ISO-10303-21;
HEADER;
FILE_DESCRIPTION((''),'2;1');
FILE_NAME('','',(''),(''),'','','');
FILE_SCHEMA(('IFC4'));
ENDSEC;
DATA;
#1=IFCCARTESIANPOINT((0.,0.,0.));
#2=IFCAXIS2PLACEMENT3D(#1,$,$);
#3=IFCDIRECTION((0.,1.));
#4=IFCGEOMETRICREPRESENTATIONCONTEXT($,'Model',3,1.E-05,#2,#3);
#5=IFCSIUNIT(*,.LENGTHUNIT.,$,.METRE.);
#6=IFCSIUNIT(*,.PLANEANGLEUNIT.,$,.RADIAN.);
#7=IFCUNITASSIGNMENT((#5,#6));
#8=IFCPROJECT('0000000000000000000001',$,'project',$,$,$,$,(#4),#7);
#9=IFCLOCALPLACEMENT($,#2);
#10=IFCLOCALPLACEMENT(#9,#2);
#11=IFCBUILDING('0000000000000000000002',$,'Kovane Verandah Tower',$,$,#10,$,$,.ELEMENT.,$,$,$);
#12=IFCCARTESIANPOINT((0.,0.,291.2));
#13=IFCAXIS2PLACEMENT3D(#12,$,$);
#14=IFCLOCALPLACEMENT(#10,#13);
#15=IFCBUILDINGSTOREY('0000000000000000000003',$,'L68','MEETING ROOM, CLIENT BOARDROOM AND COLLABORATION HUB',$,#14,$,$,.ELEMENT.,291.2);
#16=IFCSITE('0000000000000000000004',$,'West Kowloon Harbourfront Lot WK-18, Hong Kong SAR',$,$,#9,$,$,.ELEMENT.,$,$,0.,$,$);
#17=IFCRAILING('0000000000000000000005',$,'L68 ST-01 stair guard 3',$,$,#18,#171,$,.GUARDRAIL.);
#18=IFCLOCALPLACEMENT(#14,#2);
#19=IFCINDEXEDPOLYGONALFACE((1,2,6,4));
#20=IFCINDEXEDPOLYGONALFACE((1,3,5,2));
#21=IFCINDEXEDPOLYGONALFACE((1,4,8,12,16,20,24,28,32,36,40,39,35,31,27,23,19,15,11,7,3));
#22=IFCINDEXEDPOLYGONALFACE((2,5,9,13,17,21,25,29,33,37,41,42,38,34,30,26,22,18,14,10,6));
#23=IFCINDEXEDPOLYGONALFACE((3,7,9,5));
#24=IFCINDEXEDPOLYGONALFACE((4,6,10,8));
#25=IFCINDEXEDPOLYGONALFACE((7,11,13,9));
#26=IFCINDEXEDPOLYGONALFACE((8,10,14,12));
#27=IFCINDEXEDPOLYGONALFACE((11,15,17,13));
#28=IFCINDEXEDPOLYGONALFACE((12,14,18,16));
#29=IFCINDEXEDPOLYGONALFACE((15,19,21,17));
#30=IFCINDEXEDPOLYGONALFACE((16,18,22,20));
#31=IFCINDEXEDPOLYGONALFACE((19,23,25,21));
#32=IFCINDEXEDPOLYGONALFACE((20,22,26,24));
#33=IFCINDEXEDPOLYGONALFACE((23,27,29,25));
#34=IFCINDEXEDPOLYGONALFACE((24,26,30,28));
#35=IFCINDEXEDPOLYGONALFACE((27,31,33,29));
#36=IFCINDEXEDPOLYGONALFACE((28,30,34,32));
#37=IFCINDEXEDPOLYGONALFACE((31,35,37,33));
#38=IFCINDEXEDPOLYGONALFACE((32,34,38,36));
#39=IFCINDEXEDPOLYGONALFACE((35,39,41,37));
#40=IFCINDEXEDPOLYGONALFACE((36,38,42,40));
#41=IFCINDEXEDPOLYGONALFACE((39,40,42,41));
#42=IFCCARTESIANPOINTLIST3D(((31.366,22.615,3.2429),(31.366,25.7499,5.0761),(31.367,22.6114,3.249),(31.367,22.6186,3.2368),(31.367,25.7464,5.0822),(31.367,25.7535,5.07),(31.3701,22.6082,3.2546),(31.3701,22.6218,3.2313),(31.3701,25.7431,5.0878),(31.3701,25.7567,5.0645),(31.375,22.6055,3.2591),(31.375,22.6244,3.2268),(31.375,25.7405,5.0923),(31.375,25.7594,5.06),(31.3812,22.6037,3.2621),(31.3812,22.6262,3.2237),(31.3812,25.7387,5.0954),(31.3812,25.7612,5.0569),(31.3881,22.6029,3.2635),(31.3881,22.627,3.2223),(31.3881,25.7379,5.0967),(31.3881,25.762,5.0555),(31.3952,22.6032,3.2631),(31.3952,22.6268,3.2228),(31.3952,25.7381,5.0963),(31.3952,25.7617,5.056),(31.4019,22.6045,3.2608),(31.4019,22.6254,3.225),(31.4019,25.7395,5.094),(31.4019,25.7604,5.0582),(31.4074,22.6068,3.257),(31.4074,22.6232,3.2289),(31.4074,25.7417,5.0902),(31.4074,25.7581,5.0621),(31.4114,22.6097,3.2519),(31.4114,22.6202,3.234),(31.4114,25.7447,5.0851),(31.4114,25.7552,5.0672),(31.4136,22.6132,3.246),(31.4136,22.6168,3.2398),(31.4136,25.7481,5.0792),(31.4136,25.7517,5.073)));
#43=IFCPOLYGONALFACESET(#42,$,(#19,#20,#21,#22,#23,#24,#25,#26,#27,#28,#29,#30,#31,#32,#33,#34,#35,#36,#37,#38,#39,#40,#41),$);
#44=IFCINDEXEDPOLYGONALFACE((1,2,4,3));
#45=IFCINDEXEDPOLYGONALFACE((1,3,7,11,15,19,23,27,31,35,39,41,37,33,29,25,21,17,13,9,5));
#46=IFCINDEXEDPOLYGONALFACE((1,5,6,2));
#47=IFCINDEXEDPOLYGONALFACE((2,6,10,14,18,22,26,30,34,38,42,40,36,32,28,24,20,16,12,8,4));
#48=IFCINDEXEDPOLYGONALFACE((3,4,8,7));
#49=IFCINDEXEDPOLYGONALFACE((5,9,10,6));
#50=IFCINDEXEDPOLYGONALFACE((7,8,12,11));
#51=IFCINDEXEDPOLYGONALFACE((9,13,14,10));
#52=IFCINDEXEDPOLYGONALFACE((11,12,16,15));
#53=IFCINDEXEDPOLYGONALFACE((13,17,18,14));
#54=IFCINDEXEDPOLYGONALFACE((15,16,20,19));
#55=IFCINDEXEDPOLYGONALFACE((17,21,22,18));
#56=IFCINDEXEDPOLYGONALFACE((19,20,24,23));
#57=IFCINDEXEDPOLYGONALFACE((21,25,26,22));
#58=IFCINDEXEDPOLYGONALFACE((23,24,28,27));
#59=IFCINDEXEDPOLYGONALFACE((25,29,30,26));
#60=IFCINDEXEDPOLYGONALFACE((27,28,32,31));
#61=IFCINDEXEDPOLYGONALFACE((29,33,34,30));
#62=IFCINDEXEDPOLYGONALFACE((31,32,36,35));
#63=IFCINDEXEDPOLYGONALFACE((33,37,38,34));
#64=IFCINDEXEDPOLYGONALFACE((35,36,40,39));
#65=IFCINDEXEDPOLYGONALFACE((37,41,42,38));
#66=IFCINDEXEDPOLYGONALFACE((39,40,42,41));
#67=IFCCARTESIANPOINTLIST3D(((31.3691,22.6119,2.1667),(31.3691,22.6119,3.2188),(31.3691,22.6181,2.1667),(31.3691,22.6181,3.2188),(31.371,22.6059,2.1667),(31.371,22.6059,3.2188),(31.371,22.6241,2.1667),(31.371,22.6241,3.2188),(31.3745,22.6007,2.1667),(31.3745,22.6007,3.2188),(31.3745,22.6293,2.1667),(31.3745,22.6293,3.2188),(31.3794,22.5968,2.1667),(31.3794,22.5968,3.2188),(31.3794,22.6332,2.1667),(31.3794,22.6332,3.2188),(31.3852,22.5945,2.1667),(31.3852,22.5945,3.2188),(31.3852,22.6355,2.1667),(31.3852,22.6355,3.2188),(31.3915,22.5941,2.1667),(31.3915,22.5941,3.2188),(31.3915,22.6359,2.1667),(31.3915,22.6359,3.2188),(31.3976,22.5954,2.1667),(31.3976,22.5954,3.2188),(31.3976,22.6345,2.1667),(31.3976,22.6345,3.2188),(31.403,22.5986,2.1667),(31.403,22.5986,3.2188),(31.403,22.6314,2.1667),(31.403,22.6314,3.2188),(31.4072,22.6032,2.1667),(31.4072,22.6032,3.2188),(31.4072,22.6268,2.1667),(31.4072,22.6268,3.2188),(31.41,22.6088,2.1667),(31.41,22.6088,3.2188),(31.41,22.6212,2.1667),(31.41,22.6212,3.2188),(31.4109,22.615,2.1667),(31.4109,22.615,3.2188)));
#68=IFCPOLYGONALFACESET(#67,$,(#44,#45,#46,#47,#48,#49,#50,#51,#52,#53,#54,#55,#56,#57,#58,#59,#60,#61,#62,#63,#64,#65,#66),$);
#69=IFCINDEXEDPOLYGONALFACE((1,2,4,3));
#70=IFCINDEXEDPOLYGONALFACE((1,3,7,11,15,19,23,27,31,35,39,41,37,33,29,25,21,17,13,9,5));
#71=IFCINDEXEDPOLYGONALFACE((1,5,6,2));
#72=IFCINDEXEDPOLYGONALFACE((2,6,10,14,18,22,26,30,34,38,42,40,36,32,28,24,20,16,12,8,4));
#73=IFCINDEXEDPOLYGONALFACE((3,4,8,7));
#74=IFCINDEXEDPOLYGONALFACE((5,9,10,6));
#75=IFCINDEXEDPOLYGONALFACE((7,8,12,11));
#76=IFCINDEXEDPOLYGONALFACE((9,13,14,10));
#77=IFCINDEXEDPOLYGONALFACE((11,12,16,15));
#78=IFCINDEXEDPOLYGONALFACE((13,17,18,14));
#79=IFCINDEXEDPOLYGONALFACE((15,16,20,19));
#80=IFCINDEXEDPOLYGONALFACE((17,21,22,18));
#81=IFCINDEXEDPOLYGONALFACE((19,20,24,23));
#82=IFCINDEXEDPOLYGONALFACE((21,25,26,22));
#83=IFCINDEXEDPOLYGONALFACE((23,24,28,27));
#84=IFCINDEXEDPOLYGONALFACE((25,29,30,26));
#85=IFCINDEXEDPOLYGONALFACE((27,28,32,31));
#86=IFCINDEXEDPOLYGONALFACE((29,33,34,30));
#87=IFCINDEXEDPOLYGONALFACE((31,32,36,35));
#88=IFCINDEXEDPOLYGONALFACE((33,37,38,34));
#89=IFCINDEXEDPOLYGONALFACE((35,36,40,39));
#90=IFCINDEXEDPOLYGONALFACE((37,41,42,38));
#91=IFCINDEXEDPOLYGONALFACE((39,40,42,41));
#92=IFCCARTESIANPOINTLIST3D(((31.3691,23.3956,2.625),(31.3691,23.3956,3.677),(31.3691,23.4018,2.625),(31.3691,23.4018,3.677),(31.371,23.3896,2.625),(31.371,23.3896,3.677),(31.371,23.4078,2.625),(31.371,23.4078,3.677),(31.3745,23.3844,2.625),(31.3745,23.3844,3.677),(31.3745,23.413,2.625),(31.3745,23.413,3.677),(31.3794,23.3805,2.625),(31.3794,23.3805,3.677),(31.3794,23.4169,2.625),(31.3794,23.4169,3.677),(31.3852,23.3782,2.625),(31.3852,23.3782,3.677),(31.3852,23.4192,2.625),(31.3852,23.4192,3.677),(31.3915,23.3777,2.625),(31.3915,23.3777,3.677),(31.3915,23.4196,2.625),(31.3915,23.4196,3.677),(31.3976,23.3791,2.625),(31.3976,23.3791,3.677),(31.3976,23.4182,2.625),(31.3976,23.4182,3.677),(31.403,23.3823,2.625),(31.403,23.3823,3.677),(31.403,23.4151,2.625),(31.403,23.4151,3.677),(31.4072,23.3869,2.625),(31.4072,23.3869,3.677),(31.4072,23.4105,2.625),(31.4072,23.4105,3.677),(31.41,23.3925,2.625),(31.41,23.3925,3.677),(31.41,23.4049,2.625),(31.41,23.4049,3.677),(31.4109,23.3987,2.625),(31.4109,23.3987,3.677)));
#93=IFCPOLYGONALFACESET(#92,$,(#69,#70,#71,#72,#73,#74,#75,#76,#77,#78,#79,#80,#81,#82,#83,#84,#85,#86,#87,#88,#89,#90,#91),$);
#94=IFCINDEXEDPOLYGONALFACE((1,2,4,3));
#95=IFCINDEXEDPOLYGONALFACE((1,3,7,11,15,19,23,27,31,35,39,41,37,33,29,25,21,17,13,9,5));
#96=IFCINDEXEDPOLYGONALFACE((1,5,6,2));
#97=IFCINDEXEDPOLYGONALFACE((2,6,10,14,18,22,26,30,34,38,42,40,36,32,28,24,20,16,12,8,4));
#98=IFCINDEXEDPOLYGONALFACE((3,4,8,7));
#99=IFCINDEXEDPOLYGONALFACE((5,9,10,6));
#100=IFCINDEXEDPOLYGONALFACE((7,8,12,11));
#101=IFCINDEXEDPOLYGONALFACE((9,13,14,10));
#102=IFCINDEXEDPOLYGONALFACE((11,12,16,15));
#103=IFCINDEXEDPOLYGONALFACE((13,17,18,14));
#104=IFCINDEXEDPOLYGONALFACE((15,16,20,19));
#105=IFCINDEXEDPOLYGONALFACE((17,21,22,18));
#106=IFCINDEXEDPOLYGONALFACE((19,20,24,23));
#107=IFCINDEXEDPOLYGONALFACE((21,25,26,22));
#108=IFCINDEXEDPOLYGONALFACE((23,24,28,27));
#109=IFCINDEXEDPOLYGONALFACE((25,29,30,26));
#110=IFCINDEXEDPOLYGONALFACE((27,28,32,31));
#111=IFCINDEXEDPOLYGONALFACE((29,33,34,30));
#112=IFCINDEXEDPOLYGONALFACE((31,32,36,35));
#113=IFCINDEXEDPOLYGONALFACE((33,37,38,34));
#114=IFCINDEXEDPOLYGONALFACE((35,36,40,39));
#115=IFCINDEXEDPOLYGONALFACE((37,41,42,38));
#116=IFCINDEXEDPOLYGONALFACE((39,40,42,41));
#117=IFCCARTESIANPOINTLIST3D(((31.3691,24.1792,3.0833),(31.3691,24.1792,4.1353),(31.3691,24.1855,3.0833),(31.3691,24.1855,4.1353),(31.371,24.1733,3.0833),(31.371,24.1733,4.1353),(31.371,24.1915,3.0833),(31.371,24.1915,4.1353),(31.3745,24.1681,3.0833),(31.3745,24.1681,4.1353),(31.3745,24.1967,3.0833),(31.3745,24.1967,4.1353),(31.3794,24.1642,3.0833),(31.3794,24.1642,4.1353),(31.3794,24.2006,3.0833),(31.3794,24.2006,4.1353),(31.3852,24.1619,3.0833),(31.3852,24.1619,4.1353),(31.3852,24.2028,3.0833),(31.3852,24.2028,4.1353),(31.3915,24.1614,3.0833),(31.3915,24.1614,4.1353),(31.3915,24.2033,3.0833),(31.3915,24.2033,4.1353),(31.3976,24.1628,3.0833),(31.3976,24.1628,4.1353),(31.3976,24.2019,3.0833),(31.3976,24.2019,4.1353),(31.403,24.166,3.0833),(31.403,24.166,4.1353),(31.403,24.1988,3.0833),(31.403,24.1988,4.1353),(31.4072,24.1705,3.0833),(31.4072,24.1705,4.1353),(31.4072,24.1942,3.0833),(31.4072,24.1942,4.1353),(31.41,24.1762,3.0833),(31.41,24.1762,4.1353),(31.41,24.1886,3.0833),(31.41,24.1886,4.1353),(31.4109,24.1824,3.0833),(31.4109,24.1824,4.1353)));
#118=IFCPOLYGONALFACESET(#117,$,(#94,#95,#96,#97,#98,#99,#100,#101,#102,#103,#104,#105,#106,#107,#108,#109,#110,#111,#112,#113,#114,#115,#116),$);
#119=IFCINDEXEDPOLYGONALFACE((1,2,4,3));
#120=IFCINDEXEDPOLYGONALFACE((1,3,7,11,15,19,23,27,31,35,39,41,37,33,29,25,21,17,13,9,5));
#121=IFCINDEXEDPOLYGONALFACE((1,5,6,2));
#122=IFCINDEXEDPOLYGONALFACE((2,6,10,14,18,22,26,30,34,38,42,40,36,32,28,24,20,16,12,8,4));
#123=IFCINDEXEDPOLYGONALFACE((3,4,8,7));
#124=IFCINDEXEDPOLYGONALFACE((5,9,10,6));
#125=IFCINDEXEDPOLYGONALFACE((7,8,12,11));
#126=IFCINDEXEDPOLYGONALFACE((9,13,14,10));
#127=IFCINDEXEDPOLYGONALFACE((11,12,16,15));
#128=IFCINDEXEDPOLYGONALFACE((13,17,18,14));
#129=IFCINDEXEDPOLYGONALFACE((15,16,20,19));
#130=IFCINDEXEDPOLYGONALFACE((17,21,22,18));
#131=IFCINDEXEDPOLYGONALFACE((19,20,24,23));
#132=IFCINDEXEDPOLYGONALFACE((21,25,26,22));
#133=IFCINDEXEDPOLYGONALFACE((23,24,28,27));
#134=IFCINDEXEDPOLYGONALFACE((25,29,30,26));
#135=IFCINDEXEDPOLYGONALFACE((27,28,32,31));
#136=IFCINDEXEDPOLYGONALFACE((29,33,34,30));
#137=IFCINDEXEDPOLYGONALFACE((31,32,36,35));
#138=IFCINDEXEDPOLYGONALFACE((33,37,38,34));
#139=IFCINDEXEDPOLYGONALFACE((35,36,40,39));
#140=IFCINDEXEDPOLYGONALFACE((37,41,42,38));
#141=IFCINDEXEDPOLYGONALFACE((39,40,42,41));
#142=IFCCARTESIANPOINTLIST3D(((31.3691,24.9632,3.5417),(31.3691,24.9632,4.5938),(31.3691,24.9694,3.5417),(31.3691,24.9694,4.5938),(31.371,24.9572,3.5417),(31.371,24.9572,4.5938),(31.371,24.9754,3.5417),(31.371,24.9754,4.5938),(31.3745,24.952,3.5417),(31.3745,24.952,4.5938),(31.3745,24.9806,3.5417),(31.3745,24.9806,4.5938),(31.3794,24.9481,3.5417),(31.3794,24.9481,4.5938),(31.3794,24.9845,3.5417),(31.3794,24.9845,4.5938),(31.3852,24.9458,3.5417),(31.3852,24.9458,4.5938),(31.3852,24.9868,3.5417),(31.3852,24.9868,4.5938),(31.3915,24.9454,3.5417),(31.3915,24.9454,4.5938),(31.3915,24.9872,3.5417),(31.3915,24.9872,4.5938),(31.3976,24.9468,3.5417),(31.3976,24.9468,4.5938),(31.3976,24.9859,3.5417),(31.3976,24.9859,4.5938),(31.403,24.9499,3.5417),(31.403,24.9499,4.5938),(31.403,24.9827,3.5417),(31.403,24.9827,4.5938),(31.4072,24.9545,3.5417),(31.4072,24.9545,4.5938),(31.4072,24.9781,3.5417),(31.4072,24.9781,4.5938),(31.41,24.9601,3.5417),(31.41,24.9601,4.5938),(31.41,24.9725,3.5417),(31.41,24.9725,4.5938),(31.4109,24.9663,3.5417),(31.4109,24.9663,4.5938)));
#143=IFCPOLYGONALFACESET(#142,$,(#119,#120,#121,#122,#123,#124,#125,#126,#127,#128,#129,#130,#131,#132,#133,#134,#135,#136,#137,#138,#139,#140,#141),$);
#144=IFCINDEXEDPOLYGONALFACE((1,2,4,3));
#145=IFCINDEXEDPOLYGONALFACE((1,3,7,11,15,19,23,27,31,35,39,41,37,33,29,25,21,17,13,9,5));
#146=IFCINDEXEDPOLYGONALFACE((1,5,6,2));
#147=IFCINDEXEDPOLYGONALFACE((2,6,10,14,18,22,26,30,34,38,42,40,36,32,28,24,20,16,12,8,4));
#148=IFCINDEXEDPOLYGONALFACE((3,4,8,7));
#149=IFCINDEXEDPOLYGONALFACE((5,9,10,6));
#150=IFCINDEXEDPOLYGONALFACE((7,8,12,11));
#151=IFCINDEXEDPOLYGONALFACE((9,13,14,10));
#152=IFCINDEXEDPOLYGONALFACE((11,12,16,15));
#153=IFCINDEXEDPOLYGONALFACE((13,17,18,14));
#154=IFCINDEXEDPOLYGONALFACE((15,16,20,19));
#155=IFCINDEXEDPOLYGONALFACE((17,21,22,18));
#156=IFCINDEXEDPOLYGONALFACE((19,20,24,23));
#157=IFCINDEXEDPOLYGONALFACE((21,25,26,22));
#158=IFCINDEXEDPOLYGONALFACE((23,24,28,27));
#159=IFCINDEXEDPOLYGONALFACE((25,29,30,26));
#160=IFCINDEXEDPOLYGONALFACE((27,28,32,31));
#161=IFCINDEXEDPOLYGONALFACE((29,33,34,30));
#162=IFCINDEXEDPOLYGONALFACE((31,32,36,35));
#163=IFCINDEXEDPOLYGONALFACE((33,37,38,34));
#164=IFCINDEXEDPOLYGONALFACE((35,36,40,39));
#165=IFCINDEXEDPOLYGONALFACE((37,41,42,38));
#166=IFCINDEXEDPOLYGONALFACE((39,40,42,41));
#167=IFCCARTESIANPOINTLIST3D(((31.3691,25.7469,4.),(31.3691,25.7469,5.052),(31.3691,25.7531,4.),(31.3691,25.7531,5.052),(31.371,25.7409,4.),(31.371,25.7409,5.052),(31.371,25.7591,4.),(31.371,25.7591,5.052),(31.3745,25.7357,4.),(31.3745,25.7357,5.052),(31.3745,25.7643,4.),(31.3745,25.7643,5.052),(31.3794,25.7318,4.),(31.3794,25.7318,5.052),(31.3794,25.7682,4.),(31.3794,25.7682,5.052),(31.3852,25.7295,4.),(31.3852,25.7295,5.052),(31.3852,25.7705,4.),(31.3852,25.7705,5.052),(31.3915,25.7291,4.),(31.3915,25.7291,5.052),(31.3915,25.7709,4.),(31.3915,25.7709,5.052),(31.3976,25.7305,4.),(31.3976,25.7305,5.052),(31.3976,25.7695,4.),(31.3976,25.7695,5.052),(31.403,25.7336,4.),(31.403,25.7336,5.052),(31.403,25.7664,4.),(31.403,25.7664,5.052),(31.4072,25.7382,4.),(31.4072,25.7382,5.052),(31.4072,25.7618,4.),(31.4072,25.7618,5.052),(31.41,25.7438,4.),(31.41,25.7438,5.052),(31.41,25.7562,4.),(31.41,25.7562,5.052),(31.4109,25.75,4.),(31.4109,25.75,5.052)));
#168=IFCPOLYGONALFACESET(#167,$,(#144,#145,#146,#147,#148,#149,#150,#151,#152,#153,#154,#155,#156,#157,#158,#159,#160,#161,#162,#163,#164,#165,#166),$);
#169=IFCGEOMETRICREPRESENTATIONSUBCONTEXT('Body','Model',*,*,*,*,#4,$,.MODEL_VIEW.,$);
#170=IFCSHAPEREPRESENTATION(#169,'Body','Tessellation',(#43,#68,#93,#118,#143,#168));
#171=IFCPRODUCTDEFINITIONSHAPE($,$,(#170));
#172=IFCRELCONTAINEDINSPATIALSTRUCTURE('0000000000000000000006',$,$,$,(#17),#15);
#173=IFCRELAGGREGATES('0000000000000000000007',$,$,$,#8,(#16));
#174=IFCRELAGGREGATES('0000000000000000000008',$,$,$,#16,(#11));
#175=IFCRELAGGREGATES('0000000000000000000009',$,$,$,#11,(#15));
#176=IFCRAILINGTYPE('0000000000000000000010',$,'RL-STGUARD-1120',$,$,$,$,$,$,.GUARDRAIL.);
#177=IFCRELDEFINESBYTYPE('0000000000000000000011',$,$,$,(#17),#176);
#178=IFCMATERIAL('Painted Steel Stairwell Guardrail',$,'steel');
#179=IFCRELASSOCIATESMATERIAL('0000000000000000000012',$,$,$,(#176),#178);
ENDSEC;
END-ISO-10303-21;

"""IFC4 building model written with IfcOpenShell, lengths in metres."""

from ifc_helpers import new_model, si_unit, direction, frame, origin, origin_2d, place, context, subcontext, project, spatial, circle, extrude, material, type_object, element, save


model = new_model("IFC4")

# Units and contexts
model_context = context("Model", 3, precision=1e-05, world=origin(), true_north=direction((0.0, 1.0)))
body_context = subcontext(model_context, "Body", "Model", "MODEL_VIEW")
ifc_project = project(units=[si_unit("LENGTHUNIT", "METRE"), si_unit("PLANEANGLEUNIT", "RADIAN")], contexts=[model_context])

# Site, building, storey
site_placement = place(None, origin())
site = spatial("IfcSite", under=ifc_project, at=site_placement, Name="West Kowloon Harbourfront Lot WK-18, Hong Kong SAR", CompositionType="ELEMENT", RefElevation=0.0)
building_placement = place(site_placement, origin())
building = spatial("IfcBuilding", under=site, at=building_placement, Name="Kovane Verandah Tower", CompositionType="ELEMENT")
storey_placement = place(building_placement, frame((0.0, 0.0, 291.2)))
storey = spatial("IfcBuildingStorey", under=building, at=storey_placement, Name="L68", Description="MEETING ROOM, CLIENT BOARDROOM AND COLLABORATION HUB", CompositionType="ELEMENT", Elevation=291.2)

# Railing
ifc_material_1 = material(Name="Painted Steel Stairwell Guardrail", Category="steel")
railing_type_1 = type_object("IfcRailingType", Name="RL-STGUARD-1120", PredefinedType="GUARDRAIL", material=ifc_material_1)
railing_1_placement = place(storey_placement, frame((31.3899, 22.615, 2.1667)))
element("IfcRailing", 1, at=railing_1_placement, inside=storey, type_object=railing_type_1, Name="L68 ST-01 stair guard 3", PredefinedType="GUARDRAIL", context=body_context, shape_type="SweptSolid", body=[
    extrude(circle(Radius=0.0239, at=origin_2d()), frame((0.0, 0.0, 1.0762), z_axis=(0.0, 0.86324, 0.504794), x_axis=(-1.0, 0.0, 0.0)), (0.0, 0.0, 1.0), 3.6316),
    extrude(circle(Radius=0.021, at=origin_2d()), origin(), (0.0, 0.0, 1.0), 1.052),
    extrude(circle(Radius=0.021, at=origin_2d()), frame((0.0, 0.7837, 0.4583)), (0.0, 0.0, 1.0), 1.052),
    extrude(circle(Radius=0.021, at=origin_2d()), frame((0.0, 1.5674, 0.9165)), (0.0, 0.0, 1.0), 1.052),
    extrude(circle(Radius=0.021, at=origin_2d()), frame((0.0, 2.3513, 1.375)), (0.0, 0.0, 1.0), 1.052),
    extrude(circle(Radius=0.021, at=origin_2d()), frame((0.0, 3.135, 1.8333)), (0.0, 0.0, 1.0), 1.052),
])

save(model, "model.ifc")
